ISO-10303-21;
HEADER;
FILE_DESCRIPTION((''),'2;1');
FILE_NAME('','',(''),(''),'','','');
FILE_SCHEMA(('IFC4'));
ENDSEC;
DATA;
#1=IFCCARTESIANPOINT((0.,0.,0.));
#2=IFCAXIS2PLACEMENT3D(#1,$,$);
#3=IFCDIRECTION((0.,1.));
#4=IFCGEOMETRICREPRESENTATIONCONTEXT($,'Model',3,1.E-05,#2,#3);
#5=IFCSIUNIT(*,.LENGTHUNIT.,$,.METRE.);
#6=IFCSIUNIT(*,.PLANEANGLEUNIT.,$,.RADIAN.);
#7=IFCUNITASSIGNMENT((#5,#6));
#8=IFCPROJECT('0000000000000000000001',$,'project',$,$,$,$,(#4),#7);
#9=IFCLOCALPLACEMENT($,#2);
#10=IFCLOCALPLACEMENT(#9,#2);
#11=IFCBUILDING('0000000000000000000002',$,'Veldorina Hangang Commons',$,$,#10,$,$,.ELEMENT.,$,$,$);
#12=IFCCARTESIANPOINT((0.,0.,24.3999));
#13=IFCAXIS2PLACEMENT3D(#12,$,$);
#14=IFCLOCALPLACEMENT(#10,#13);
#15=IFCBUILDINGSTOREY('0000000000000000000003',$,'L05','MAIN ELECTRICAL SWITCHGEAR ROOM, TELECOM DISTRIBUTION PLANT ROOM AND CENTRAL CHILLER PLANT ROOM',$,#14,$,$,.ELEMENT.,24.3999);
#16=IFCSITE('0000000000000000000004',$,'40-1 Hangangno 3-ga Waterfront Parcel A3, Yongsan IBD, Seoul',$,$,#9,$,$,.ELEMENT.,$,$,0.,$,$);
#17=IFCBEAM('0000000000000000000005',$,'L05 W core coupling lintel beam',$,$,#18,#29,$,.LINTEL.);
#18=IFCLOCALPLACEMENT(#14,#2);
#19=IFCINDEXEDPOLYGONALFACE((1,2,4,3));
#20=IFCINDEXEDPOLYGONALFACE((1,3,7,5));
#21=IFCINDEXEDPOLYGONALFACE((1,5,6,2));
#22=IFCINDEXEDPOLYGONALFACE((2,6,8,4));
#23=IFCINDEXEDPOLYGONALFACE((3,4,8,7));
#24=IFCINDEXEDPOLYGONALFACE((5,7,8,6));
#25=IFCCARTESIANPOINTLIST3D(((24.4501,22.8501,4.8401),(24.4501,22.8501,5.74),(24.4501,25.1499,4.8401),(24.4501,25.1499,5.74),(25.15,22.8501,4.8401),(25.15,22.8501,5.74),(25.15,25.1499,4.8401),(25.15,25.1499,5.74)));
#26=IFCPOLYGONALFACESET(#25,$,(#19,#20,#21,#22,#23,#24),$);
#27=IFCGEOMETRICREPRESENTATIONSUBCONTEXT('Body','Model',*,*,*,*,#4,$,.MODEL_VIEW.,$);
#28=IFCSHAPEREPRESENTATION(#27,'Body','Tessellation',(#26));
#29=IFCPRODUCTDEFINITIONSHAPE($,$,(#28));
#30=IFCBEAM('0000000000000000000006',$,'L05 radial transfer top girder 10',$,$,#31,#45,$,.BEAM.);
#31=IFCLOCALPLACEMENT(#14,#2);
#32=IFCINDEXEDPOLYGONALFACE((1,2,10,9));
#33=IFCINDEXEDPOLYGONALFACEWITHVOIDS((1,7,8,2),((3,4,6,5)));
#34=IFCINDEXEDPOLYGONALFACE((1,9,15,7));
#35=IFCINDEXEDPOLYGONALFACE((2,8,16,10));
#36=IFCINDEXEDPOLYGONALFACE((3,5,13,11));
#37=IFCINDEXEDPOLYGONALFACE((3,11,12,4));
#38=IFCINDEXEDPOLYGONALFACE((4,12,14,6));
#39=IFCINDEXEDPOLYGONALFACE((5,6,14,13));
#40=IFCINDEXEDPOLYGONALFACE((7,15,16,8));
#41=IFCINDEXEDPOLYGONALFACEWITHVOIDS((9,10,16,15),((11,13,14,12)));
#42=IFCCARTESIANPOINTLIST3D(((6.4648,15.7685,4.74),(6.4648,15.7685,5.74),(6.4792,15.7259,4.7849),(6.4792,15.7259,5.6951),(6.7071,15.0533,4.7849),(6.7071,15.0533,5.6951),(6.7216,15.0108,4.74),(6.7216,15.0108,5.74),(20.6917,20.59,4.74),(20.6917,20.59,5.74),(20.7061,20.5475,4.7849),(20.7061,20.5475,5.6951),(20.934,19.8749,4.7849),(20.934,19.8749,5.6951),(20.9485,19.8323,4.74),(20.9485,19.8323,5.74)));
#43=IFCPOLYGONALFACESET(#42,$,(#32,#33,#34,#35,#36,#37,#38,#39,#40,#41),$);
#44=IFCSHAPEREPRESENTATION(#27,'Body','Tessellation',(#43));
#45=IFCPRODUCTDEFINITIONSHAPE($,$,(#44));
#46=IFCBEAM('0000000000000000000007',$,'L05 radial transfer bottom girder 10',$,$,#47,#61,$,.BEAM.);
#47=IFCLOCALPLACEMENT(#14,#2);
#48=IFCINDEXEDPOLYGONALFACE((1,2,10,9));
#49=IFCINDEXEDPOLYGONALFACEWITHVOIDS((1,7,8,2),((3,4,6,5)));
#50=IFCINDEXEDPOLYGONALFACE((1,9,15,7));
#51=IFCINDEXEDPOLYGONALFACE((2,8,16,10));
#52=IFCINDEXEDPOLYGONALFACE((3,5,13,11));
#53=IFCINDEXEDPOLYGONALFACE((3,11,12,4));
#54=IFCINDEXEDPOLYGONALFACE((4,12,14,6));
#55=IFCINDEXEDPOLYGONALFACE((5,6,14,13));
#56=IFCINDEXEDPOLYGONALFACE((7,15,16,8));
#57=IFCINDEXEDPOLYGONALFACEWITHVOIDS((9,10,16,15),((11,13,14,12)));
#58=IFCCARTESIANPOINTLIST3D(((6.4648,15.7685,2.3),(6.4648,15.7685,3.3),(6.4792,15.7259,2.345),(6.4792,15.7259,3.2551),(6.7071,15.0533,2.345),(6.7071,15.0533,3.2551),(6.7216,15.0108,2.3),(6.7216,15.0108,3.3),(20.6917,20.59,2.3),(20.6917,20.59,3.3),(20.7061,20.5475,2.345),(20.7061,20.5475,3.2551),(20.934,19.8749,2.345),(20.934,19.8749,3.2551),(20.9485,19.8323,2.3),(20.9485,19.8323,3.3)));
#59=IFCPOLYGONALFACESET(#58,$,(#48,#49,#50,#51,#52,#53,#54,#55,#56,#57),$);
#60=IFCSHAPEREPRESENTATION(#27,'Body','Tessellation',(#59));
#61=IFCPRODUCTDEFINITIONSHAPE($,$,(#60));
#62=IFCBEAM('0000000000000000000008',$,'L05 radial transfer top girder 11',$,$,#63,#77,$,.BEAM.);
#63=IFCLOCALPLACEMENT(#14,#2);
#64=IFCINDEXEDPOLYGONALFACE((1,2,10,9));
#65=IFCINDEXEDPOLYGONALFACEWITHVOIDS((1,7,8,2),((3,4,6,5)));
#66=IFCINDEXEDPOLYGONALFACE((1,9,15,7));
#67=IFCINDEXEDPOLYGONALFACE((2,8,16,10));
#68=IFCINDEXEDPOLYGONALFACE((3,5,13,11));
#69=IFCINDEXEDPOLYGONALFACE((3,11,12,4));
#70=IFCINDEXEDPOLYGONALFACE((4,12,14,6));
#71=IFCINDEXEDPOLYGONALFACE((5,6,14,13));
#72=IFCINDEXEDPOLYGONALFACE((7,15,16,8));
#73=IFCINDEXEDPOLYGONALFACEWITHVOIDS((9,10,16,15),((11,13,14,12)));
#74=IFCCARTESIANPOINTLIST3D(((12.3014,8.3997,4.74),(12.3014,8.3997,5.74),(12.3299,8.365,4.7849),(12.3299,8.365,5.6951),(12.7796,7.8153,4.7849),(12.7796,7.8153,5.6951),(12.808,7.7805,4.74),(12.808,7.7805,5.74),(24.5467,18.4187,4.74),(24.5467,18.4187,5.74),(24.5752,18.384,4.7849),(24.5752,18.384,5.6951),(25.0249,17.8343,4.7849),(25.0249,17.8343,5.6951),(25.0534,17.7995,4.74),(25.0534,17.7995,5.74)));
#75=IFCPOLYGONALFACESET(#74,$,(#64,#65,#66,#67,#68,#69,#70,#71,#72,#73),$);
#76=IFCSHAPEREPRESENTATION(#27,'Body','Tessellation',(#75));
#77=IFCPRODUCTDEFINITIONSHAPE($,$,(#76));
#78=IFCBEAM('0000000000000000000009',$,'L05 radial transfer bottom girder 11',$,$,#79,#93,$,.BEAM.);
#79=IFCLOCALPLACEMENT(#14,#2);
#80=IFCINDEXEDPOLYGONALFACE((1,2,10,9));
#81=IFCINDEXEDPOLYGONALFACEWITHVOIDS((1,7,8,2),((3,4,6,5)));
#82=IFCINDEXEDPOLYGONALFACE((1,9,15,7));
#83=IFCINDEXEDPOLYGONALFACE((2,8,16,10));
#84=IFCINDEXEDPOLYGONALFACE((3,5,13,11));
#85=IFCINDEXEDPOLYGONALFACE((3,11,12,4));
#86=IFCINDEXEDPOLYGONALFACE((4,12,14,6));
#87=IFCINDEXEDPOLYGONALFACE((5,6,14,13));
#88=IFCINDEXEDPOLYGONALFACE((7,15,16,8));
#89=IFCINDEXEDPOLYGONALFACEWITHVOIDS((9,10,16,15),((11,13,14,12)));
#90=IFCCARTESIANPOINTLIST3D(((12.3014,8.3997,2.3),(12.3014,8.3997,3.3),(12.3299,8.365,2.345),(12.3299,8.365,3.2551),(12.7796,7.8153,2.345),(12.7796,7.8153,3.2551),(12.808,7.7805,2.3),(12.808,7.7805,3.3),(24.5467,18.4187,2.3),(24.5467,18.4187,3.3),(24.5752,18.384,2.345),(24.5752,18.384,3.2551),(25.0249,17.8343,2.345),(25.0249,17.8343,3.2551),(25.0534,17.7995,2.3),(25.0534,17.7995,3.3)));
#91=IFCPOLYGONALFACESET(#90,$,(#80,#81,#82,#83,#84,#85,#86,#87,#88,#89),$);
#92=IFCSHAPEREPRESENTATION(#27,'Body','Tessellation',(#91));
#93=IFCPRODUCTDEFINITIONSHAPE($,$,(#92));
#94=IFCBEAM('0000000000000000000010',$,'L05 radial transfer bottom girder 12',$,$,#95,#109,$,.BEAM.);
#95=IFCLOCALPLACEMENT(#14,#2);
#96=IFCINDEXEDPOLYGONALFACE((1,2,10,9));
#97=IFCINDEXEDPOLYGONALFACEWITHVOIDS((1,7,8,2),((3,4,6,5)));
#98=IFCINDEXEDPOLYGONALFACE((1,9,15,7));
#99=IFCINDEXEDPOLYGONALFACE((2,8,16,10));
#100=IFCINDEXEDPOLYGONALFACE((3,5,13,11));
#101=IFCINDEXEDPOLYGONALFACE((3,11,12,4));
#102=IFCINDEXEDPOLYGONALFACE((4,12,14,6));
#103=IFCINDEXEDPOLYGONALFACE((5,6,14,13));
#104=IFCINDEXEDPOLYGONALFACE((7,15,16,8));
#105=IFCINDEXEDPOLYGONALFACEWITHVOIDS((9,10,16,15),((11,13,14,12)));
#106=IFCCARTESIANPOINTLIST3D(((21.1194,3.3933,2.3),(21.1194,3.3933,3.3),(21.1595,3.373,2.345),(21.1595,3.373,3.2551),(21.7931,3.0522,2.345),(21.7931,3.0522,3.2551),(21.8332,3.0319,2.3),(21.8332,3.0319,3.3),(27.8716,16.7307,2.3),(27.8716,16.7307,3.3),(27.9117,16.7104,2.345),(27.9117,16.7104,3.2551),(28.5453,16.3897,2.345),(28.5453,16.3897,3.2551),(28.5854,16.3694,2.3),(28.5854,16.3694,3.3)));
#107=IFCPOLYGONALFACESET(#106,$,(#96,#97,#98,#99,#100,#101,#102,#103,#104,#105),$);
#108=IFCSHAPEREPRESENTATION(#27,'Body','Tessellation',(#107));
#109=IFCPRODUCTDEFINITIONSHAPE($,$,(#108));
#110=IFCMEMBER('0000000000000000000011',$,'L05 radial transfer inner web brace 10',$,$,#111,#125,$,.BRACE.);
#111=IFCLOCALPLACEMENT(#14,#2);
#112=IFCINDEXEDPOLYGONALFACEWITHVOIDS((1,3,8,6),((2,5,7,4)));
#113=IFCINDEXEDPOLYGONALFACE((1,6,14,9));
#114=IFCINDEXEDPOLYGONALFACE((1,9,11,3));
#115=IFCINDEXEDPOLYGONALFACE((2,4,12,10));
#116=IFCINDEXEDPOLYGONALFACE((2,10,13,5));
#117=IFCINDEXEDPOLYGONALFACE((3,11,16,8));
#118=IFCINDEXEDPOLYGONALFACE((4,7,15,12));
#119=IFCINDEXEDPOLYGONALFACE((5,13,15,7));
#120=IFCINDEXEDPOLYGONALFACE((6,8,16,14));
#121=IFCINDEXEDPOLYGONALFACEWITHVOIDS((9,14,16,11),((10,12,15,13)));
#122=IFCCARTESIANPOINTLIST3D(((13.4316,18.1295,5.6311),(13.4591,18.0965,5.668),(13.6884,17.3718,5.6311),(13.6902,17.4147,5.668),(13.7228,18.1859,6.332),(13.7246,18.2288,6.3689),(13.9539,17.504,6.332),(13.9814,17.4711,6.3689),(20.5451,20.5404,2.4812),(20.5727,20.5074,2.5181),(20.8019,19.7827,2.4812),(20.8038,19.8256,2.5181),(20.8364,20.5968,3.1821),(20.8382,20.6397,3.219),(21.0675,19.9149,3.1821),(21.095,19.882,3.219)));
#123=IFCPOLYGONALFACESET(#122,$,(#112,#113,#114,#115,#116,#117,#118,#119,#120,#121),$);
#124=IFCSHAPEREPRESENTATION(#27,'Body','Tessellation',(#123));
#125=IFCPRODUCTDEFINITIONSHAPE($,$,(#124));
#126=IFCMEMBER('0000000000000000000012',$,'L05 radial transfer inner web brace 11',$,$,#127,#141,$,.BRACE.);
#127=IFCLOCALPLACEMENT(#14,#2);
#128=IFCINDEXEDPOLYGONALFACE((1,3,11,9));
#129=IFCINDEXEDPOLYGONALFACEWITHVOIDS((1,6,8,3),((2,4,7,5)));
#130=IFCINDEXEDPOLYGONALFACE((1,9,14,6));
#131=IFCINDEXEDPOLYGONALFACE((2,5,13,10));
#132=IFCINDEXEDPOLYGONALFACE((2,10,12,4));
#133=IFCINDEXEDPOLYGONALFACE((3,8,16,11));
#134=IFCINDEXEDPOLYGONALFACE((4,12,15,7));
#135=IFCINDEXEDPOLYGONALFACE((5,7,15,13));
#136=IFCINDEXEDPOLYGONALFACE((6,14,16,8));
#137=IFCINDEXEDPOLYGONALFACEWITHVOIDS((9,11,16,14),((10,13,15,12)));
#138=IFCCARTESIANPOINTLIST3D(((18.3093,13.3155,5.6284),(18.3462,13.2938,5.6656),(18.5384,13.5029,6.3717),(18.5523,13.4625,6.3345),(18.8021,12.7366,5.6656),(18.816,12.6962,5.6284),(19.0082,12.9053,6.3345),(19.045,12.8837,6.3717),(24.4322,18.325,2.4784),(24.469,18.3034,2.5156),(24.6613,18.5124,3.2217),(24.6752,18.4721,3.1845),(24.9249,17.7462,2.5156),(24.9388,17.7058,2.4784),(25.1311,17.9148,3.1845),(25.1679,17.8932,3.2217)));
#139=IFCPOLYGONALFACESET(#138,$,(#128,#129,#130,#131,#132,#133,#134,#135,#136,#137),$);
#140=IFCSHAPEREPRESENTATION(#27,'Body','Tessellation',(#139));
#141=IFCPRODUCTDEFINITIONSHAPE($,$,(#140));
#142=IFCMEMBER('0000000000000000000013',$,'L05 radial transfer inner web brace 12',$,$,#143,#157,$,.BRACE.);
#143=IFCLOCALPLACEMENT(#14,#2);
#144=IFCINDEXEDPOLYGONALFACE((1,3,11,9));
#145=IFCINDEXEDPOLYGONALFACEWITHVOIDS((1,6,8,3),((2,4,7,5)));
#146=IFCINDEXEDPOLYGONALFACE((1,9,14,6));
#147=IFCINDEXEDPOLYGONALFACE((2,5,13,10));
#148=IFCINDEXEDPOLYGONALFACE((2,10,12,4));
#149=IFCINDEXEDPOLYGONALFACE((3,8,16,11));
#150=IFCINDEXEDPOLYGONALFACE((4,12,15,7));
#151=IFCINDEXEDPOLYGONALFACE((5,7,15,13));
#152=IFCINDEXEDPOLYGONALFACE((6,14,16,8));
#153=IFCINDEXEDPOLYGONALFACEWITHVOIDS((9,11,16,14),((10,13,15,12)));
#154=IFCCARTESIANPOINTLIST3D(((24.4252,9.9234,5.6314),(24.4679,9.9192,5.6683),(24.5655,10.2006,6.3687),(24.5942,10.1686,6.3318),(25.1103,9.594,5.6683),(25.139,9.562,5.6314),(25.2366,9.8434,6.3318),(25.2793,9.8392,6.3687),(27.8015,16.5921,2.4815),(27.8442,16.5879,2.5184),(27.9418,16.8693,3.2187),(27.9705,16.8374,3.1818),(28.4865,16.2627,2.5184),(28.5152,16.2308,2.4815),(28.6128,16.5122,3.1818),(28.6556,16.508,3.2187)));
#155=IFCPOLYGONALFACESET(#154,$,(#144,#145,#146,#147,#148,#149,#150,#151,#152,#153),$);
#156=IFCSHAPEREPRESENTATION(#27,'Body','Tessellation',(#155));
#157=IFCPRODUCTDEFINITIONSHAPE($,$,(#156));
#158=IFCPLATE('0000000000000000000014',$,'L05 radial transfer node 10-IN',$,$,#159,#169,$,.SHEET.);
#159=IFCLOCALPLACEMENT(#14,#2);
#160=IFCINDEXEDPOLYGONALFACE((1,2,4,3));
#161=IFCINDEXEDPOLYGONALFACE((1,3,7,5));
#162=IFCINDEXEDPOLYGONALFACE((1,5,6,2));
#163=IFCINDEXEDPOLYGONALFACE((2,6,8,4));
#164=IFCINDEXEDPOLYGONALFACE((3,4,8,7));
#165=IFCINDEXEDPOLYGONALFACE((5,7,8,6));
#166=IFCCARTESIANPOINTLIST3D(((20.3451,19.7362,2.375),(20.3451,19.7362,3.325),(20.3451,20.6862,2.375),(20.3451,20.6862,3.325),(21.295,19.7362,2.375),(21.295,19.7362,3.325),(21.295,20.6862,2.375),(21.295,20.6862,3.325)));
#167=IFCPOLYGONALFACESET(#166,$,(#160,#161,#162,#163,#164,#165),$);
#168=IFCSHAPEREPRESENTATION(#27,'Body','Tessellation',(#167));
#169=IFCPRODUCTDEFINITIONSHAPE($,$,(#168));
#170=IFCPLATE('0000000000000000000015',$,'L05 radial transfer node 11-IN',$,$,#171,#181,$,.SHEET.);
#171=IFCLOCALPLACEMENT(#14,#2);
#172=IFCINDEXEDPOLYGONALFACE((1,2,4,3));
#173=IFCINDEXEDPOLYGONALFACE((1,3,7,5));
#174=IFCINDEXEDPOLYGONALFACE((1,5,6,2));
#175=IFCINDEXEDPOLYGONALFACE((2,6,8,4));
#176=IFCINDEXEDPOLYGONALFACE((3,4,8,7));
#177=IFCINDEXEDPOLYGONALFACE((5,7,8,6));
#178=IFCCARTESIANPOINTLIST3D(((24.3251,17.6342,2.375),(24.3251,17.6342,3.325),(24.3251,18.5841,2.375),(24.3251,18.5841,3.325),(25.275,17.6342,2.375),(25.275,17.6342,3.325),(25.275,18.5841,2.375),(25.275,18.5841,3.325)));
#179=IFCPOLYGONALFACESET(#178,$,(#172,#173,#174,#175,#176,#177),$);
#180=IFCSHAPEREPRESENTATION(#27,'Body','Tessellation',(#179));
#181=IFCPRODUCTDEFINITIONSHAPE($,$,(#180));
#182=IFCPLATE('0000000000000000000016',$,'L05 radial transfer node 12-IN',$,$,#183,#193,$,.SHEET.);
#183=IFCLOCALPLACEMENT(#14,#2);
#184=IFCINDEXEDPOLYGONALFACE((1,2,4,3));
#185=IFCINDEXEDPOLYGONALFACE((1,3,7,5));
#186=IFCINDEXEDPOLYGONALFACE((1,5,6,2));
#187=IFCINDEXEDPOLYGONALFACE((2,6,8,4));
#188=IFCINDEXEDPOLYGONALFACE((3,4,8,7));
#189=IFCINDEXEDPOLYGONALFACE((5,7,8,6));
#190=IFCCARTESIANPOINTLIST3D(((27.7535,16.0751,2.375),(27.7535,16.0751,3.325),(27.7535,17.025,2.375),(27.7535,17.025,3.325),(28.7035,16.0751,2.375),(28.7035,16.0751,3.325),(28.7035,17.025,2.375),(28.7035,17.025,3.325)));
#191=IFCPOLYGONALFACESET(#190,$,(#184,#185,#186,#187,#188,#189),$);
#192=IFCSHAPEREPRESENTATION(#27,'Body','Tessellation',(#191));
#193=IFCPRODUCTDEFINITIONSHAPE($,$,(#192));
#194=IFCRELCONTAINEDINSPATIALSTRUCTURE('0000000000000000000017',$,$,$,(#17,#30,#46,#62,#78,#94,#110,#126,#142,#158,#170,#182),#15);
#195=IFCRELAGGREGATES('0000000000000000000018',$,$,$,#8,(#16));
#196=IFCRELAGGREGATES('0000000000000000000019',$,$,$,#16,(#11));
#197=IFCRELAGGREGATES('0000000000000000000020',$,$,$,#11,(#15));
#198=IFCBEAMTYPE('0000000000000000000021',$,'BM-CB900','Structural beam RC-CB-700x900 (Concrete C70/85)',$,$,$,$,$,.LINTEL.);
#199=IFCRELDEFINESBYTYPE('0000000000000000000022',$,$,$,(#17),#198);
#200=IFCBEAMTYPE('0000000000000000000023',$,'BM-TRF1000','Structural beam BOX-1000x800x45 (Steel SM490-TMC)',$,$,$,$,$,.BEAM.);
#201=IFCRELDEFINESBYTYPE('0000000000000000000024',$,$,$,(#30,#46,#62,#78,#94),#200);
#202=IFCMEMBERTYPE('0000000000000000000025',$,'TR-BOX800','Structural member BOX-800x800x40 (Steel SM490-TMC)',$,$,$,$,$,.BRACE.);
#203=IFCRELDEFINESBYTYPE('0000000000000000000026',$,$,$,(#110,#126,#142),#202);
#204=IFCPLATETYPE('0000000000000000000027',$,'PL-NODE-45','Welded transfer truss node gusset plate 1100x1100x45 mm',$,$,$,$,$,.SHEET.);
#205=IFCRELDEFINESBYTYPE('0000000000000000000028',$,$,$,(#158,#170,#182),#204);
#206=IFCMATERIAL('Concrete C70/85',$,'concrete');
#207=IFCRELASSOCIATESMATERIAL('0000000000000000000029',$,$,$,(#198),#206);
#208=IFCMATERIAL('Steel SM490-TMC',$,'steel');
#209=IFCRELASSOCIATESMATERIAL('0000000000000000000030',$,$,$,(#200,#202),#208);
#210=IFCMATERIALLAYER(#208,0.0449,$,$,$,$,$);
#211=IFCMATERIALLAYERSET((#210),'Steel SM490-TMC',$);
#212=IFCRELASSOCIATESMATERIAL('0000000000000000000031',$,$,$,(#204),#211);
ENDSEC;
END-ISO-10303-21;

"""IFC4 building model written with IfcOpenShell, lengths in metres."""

from ifc_helpers import new_model, si_unit, direction, frame, origin, origin_2d, place, context, subcontext, project, spatial, rectangle, hollow_rectangle, extrude, material, layer, layer_set, material_profile, profile_set, type_object, element, save


model = new_model("IFC4")

# Units and contexts
model_context = context("Model", 3, precision=1e-05, world=origin(), true_north=direction((0.0, 1.0)))
body_context = subcontext(model_context, "Body", "Model", "MODEL_VIEW")
ifc_project = project(units=[si_unit("LENGTHUNIT", "METRE"), si_unit("PLANEANGLEUNIT", "RADIAN")], contexts=[model_context])

# Site, building, storey
site_placement = place(None, origin())
site = spatial("IfcSite", under=ifc_project, at=site_placement, Name="40-1 Hangangno 3-ga Waterfront Parcel A3, Yongsan IBD, Seoul", CompositionType="ELEMENT", RefElevation=0.0)
building_placement = place(site_placement, origin())
building = spatial("IfcBuilding", under=site, at=building_placement, Name="Veldorina Hangang Commons", CompositionType="ELEMENT")
storey_placement = place(building_placement, frame((0.0, 0.0, 24.3999)))
storey = spatial("IfcBuildingStorey", under=building, at=storey_placement, Name="L05", Description="MAIN ELECTRICAL SWITCHGEAR ROOM, TELECOM DISTRIBUTION PLANT ROOM AND CENTRAL CHILLER PLANT ROOM", CompositionType="ELEMENT", Elevation=24.3999)

# Beams
ifc_material_1 = material(Name="Concrete C70/85", Category="concrete")
ifc_material_profile_1 = material_profile(ifc_material_1, rectangle(XDim=0.7, YDim=0.8999, at=origin_2d()), Name="RC-CB-700x900")
ifc_profile_set_1 = profile_set([ifc_material_profile_1], Name="Concrete C70/85")
beam_type_1 = type_object("IfcBeamType", Name="BM-CB900", Description="Structural beam RC-CB-700x900 (Concrete C70/85)", PredefinedType="LINTEL", material=ifc_profile_set_1)
beam_1_placement = place(storey_placement, frame((24.8, 22.8501, 5.29), z_axis=(0.0, 1.0, 0.0), x_axis=(-1.0, 0.0, 0.0)))
element("IfcBeam", 1, at=beam_1_placement, inside=storey, type_object=beam_type_1, Name="L05 W core coupling lintel beam", PredefinedType="LINTEL", context=body_context, shape_type="SweptSolid", body=[
    extrude(rectangle(XDim=0.7, YDim=0.8999, at=origin_2d()), origin(), (0.0, 0.0, 1.0), 2.2998),
])
ifc_material_2 = material(Name="Steel SM490-TMC", Category="steel")
ifc_material_profile_2 = material_profile(ifc_material_2, hollow_rectangle(XDim=0.8, YDim=1.0, WallThickness=0.0449, at=origin_2d()), Name="BOX-1000x800x45")
ifc_profile_set_2 = profile_set([ifc_material_profile_2], Name="Steel SM490-TMC")
beam_type_2 = type_object("IfcBeamType", Name="BM-TRF1000", Description="Structural beam BOX-1000x800x45 (Steel SM490-TMC)", PredefinedType="BEAM", material=ifc_profile_set_2)
for number, where, z_axis, x_axis, name in (
    (2, (20.8201, 20.2112, 5.24), (-0.947088, -0.320973, 0.0), (0.320973, -0.947088, 0.0), "L05 radial transfer top girder 10"),
    (3, (20.8201, 20.2112, 2.8), (-0.947088, -0.320973, 0.0), (0.320973, -0.947088, 0.0), "L05 radial transfer bottom girder 10"),
):
    element("IfcBeam", number, at=place(storey_placement, frame(where, z_axis=z_axis, x_axis=x_axis)), inside=storey, type_object=beam_type_2, Name=name, PredefinedType="BEAM", context=body_context, shape_type="SweptSolid", body=[
        extrude(hollow_rectangle(XDim=0.8, YDim=1.0, WallThickness=0.0449, at=origin_2d()), origin(), (0.0, 0.0, 1.0), 15.0217),
    ])
for number, where, z_axis, x_axis, name in (
    (4, (24.8, 18.1091, 5.24), (-0.773954, -0.633242, 0.0), (0.633242, -0.773954, 0.0), "L05 radial transfer top girder 11"),
    (5, (24.8, 18.1091, 2.8), (-0.773954, -0.633242, 0.0), (0.633242, -0.773954, 0.0), "L05 radial transfer bottom girder 11"),
):
    element("IfcBeam", number, at=place(storey_placement, frame(where, z_axis=z_axis, x_axis=x_axis)), inside=storey, type_object=beam_type_2, Name=name, PredefinedType="BEAM", context=body_context, shape_type="SweptSolid", body=[
        extrude(hollow_rectangle(XDim=0.8, YDim=1.0, WallThickness=0.0449, at=origin_2d()), origin(), (0.0, 0.0, 1.0), 15.8218),
    ])
beam_2_placement = place(storey_placement, frame((28.2285, 16.55, 2.8), z_axis=(-0.451676, -0.892182, 0.0), x_axis=(0.892182, -0.451676, 0.0)))
element("IfcBeam", 6, at=beam_2_placement, inside=storey, type_object=beam_type_2, Name="L05 radial transfer bottom girder 12", PredefinedType="BEAM", context=body_context, shape_type="SweptSolid", body=[
    extrude(hollow_rectangle(XDim=0.8, YDim=1.0, WallThickness=0.0449, at=origin_2d()), origin(), (0.0, 0.0, 1.0), 14.9492),
])

# Members
ifc_material_profile_3 = material_profile(ifc_material_2, hollow_rectangle(XDim=0.8, YDim=0.8, WallThickness=0.04, at=origin_2d()), Name="BOX-800x800x40")
ifc_profile_set_3 = profile_set([ifc_material_profile_3], Name="Steel SM490-TMC")
member_type = type_object("IfcMemberType", Name="TR-BOX800", Description="Structural member BOX-800x800x40 (Steel SM490-TMC)", PredefinedType="BRACE", material=ifc_profile_set_3)
member_1_placement = place(storey_placement, frame((20.8201, 20.2112, 2.8501), z_axis=(-0.873391, -0.296006, 0.386741), x_axis=(0.320982, -0.947085, 0.0)))
element("IfcMember", 7, at=member_1_placement, inside=storey, type_object=member_type, Name="L05 radial transfer inner web brace 10", PredefinedType="BRACE", context=body_context, shape_type="SweptSolid", body=[
    extrude(hollow_rectangle(XDim=0.8, YDim=0.8, WallThickness=0.04, at=origin_2d()), origin(), (0.0, 0.0, 1.0), 8.1448),
])
member_2_placement = place(storey_placement, frame((24.8, 18.1091, 2.8501), z_axis=(-0.719057, -0.588315, 0.369922), x_axis=(0.633234, -0.77396, 0.0)))
element("IfcMember", 8, at=member_2_placement, inside=storey, type_object=member_type, Name="L05 radial transfer inner web brace 11", PredefinedType="BRACE", context=body_context, shape_type="SweptSolid", body=[
    extrude(hollow_rectangle(XDim=0.8, YDim=0.8, WallThickness=0.04, at=origin_2d()), origin(), (0.0, 0.0, 1.0), 8.5151),
])
member_3_placement = place(storey_placement, frame((28.2285, 16.55, 2.8501), z_axis=(-0.416239, -0.822155, 0.388338), x_axis=(0.892175, -0.451689, 0.0)))
element("IfcMember", 9, at=member_3_placement, inside=storey, type_object=member_type, Name="L05 radial transfer inner web brace 12", PredefinedType="BRACE", context=body_context, shape_type="SweptSolid", body=[
    extrude(hollow_rectangle(XDim=0.8, YDim=0.8, WallThickness=0.04, at=origin_2d()), origin(), (0.0, 0.0, 1.0), 8.1113),
])

# Plates
ifc_layer_1 = layer(ifc_material_2, 0.0449)
ifc_layer_set_1 = layer_set([ifc_layer_1], Name="Steel SM490-TMC")
plate_type = type_object("IfcPlateType", Name="PL-NODE-45", Description="Welded transfer truss node gusset plate 1100x1100x45 mm", PredefinedType="SHEET", material=ifc_layer_set_1)
for number, where, z_axis, x_axis, name in (
    (10, (20.8201, 20.2112, 2.375), (0.0, 0.0, 1.0), (1.0, 0.0, 0.0), "L05 radial transfer node 10-IN"),
    (11, (24.8, 18.1091, 2.375), (0.0, 0.0, 1.0), (1.0, 0.0, 0.0), "L05 radial transfer node 11-IN"),
    (12, (28.2285, 16.55, 2.375), (0.0, 0.0, 1.0), (1.0, 0.0, 0.0), "L05 radial transfer node 12-IN"),
):
    element("IfcPlate", number, at=place(storey_placement, frame(where, z_axis=z_axis, x_axis=x_axis)), inside=storey, type_object=plate_type, Name=name, PredefinedType="SHEET", context=body_context, shape_type="SweptSolid", body=[
        extrude(rectangle(XDim=0.95, YDim=0.95, at=origin_2d()), origin(), (0.0, 0.0, 1.0), 0.95),
    ])

save(model, "model.ifc")
